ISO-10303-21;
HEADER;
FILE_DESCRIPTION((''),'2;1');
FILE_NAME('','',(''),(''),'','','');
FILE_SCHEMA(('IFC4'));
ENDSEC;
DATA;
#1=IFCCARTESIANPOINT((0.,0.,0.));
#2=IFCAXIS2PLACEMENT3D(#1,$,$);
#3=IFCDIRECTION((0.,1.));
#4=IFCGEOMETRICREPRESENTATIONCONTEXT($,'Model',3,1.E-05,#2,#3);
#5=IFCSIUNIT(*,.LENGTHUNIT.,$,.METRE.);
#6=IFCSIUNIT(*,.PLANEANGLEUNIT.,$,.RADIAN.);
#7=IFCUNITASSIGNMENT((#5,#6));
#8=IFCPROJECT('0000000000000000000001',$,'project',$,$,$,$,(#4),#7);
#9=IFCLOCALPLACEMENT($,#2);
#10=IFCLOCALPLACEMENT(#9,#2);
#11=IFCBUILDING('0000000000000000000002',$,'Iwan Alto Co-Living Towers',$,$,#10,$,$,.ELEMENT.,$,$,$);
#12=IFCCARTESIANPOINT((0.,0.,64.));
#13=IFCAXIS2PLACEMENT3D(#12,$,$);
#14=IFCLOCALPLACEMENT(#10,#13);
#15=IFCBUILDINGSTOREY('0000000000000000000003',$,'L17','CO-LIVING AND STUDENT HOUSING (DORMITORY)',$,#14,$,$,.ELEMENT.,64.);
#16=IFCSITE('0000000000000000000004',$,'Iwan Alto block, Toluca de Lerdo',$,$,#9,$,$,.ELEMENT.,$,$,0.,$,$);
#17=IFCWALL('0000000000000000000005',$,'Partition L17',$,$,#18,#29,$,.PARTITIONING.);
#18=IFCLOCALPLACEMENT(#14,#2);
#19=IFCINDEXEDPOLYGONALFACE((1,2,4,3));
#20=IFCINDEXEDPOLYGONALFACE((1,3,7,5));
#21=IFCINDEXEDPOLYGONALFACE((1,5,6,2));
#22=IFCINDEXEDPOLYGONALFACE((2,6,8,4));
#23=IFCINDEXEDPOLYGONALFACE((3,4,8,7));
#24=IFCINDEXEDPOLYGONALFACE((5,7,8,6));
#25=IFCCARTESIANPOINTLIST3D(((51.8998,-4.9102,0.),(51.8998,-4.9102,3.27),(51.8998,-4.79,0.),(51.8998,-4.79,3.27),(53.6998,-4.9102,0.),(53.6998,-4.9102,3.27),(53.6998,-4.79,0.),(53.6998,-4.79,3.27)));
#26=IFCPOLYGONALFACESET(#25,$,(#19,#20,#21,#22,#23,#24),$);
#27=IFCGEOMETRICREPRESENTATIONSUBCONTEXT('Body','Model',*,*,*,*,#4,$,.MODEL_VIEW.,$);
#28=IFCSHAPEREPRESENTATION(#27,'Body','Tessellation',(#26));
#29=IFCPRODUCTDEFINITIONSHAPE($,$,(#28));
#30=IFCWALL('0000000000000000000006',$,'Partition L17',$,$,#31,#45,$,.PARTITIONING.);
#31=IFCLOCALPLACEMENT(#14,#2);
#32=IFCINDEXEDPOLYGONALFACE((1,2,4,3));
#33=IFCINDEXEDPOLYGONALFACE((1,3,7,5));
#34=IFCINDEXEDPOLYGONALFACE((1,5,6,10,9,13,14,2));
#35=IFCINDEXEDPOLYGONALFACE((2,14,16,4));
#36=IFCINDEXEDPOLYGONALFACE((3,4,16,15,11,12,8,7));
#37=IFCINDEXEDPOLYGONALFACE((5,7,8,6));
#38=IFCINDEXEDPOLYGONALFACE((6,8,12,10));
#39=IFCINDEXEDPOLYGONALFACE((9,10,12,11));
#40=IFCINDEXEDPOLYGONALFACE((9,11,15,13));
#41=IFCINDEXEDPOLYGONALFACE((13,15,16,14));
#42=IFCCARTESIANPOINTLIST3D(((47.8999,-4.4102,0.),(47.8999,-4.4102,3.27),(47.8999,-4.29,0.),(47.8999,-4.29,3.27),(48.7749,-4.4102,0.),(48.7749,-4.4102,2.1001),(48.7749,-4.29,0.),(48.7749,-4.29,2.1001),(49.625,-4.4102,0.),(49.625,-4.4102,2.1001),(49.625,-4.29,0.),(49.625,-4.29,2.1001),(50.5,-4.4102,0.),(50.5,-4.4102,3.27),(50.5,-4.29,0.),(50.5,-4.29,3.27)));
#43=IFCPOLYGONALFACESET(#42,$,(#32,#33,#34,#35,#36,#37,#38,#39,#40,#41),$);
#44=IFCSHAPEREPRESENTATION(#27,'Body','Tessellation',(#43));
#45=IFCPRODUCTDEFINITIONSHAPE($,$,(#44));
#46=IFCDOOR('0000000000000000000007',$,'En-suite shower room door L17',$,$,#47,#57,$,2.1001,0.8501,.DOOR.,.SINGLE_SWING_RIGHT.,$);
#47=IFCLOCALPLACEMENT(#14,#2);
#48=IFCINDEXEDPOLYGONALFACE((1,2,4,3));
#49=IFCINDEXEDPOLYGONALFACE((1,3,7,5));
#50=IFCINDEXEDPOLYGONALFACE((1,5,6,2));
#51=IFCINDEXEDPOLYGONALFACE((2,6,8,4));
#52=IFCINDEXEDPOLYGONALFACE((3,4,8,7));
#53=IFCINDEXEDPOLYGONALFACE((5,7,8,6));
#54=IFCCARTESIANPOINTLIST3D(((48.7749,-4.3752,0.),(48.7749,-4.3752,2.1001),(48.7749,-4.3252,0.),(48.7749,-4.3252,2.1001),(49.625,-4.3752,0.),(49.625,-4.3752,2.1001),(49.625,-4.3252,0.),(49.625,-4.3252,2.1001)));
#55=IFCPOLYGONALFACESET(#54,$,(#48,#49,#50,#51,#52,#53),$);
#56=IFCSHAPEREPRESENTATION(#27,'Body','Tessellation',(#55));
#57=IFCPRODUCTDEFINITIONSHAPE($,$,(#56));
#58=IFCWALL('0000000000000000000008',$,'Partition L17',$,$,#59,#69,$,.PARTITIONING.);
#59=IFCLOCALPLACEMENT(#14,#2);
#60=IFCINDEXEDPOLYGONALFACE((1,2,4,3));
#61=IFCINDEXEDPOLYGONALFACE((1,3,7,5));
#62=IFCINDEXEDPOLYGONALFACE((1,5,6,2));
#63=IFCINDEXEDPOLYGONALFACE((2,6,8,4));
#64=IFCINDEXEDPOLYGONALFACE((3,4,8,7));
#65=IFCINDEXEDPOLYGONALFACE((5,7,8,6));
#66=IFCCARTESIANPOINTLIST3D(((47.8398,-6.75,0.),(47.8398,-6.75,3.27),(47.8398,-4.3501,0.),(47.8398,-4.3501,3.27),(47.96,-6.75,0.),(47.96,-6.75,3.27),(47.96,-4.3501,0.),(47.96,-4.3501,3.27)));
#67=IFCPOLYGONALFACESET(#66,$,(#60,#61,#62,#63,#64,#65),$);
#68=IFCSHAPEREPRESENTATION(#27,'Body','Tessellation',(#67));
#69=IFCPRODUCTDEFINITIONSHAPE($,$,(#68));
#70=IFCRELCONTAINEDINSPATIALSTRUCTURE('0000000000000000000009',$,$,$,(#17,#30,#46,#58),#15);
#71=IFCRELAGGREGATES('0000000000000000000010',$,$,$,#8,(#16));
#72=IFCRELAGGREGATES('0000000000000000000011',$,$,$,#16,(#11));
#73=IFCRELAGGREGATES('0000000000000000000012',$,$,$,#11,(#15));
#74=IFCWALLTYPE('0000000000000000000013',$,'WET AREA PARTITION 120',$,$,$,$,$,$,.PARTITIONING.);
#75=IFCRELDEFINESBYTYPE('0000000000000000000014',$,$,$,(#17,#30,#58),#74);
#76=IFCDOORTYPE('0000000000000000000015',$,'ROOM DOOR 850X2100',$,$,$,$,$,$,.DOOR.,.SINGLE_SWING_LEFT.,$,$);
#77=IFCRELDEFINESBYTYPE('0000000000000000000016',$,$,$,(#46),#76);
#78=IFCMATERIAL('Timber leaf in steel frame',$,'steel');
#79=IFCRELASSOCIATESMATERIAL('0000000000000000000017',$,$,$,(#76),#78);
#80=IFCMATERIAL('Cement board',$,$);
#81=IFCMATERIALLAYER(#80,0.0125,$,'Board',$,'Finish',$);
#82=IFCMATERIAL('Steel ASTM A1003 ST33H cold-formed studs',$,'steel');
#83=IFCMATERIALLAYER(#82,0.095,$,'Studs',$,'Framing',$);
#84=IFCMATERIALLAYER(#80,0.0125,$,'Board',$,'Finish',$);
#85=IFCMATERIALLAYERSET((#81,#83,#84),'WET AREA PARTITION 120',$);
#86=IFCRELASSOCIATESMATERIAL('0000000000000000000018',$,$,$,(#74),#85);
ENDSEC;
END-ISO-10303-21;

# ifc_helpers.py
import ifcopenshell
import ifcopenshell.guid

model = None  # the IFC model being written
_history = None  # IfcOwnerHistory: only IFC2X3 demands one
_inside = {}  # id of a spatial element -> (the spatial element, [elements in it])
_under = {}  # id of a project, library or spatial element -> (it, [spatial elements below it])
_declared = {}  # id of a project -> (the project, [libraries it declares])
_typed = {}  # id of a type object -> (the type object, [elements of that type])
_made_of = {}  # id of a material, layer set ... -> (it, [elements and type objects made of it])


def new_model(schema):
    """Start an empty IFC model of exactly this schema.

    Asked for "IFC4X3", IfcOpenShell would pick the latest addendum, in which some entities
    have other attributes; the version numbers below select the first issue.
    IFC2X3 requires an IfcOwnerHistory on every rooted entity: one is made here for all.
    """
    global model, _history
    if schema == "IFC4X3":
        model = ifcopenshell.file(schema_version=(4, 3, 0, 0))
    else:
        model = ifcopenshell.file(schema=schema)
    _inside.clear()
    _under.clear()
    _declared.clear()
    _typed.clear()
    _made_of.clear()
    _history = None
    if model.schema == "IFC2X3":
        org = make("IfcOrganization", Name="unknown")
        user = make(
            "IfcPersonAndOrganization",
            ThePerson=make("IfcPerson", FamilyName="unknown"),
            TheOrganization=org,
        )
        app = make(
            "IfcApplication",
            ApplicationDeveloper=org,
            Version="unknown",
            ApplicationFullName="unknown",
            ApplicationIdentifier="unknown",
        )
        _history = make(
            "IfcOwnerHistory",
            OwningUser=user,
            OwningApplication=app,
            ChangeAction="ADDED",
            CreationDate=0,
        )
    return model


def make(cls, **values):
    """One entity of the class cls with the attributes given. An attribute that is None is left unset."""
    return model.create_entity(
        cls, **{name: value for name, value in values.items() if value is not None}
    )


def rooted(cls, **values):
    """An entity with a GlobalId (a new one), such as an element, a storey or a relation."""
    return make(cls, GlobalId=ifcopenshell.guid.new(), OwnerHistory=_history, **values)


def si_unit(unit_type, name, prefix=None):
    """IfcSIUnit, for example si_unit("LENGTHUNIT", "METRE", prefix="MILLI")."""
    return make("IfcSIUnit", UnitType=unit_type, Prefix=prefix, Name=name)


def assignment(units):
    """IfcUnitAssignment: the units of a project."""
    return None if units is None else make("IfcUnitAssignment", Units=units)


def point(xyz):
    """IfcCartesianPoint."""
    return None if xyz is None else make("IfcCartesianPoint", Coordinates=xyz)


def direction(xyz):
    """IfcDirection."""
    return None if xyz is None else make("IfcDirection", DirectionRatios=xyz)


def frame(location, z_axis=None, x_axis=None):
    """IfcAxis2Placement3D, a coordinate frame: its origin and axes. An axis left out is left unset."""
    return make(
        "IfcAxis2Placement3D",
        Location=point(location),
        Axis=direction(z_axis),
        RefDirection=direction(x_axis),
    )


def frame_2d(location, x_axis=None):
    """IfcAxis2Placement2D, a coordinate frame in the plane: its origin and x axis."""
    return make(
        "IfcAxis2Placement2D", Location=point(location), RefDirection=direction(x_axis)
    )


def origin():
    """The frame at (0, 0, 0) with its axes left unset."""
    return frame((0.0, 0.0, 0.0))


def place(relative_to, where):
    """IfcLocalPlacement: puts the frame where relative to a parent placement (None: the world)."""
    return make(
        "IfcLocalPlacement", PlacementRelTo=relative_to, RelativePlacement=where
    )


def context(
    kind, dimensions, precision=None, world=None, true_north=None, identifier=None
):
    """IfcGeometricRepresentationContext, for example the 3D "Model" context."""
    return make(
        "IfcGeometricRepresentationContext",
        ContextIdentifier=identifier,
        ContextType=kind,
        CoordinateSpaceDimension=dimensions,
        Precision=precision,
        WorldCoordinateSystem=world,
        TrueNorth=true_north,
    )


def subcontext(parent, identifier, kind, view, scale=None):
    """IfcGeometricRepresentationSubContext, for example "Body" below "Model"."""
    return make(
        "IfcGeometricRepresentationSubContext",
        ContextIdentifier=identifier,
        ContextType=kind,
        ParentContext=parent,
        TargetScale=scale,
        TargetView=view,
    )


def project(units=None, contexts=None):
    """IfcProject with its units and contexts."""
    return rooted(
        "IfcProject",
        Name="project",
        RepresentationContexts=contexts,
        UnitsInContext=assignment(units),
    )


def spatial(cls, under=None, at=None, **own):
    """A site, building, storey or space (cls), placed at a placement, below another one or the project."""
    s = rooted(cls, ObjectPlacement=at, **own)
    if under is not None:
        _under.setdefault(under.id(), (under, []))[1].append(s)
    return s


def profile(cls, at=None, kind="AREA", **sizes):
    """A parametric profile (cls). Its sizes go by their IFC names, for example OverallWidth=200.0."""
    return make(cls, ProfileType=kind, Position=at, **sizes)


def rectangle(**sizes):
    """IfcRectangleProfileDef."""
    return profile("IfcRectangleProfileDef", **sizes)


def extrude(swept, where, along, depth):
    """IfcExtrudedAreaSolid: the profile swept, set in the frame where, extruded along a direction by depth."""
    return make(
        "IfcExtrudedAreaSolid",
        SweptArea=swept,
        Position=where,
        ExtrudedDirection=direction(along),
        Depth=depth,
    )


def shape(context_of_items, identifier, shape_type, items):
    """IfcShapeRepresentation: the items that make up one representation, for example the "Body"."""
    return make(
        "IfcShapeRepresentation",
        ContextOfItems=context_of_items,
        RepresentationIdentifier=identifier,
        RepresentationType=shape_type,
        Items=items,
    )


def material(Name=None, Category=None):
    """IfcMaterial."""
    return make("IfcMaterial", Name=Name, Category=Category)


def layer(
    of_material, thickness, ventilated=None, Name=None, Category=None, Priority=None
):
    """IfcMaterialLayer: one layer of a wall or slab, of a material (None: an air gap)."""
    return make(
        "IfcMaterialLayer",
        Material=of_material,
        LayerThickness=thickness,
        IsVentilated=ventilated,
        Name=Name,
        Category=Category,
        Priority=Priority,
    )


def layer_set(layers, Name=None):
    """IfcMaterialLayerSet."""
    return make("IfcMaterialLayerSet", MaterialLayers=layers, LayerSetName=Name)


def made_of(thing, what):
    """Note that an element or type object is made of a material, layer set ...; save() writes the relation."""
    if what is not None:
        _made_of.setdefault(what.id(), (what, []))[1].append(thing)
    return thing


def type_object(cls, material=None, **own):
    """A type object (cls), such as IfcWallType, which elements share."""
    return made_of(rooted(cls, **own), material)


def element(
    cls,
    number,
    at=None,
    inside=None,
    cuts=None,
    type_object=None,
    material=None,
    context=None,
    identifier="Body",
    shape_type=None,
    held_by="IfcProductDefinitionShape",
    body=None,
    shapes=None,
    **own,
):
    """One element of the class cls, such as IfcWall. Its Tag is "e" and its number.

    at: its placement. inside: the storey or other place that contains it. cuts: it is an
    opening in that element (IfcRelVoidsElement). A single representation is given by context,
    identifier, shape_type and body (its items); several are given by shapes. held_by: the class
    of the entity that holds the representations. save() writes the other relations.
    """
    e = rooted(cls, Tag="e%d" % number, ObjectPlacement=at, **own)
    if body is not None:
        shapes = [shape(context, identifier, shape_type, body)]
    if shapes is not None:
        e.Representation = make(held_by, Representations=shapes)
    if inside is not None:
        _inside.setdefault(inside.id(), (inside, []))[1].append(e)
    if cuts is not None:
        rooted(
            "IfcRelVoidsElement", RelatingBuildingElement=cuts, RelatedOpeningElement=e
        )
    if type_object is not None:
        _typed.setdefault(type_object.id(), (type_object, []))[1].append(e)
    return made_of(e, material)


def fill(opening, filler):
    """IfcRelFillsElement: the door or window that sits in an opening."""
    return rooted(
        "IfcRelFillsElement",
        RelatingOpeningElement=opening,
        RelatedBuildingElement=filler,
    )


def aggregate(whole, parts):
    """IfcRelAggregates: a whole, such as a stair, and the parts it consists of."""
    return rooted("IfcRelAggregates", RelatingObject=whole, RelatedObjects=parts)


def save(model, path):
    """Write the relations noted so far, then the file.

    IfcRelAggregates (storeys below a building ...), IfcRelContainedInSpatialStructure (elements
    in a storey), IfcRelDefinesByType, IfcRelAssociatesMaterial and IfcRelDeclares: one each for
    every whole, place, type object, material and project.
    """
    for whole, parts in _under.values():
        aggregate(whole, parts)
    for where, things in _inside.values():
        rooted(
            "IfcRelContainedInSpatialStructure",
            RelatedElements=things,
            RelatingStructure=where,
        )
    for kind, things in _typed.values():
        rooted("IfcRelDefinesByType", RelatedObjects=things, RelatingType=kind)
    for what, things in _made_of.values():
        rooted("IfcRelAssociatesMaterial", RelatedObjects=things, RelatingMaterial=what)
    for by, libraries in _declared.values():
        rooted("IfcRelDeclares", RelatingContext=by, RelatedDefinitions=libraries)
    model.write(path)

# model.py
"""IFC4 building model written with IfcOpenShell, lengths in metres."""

from ifc_helpers import new_model, si_unit, direction, frame, frame_2d, origin, place, context, subcontext, project, spatial, rectangle, extrude, material, layer, layer_set, type_object, element, fill, save


model = new_model("IFC4")

# Units and contexts
model_context = context("Model", 3, precision=1e-05, world=origin(), true_north=direction((0.0, 1.0)))
body_context = subcontext(model_context, "Body", "Model", "MODEL_VIEW")
ifc_project = project(units=[si_unit("LENGTHUNIT", "METRE"), si_unit("PLANEANGLEUNIT", "RADIAN")], contexts=[model_context])

# Site, building, storey
site_placement = place(None, origin())
site = spatial("IfcSite", under=ifc_project, at=site_placement, Name="Iwan Alto block, Toluca de Lerdo", CompositionType="ELEMENT", RefElevation=0.0)
building_placement = place(site_placement, origin())
building = spatial("IfcBuilding", under=site, at=building_placement, Name="Iwan Alto Co-Living Towers", CompositionType="ELEMENT")
storey_placement = place(building_placement, frame((0.0, 0.0, 64.0)))
storey = spatial("IfcBuildingStorey", under=building, at=storey_placement, Name="L17", Description="CO-LIVING AND STUDENT HOUSING (DORMITORY)", CompositionType="ELEMENT", Elevation=64.0)

# Shared definitions
ifc_material_1 = material(Name="Steel ASTM A1003 ST33H cold-formed studs", Category="steel")

# Shared definitions
ifc_material_2 = material(Name="Timber leaf in steel frame", Category="steel")
door_type_1 = type_object("IfcDoorType", Name="ROOM DOOR 850X2100", OperationType="SINGLE_SWING_LEFT", PredefinedType="DOOR", material=ifc_material_2)

# Wall
ifc_material_3 = material(Name="Cement board")
ifc_layer_1 = layer(ifc_material_3, 0.0125, Name="Board", Category="Finish")
ifc_layer_2 = layer(ifc_material_1, 0.095, Name="Studs", Category="Framing")
ifc_layer_3 = layer(ifc_material_3, 0.0125, Name="Board", Category="Finish")
ifc_layer_set_1 = layer_set([ifc_layer_1, ifc_layer_2, ifc_layer_3], Name="WET AREA PARTITION 120")
wall_type_1 = type_object("IfcWallType", Name="WET AREA PARTITION 120", PredefinedType="PARTITIONING", material=ifc_layer_set_1)
wall_1_placement = place(storey_placement, frame((51.8999, -4.8501, 0.0), z_axis=(0.0, 0.0, 1.0), x_axis=(1.0, 0.0, 0.0)))
element("IfcWall", 1, at=wall_1_placement, inside=storey, type_object=wall_type_1, Name="Partition L17", PredefinedType="PARTITIONING", context=body_context, shape_type="SweptSolid", body=[
    extrude(rectangle(XDim=1.8, YDim=0.1201, at=frame_2d((0.8999, 0.0))), origin(), (0.0, 0.0, 1.0), 3.27),
])

# Wall, opening, door
wall_2_placement = place(storey_placement, frame((47.8999, -4.3501, 0.0), z_axis=(0.0, 0.0, 1.0), x_axis=(1.0, 0.0, 0.0)))
wall_2 = element("IfcWall", 2, at=wall_2_placement, inside=storey, type_object=wall_type_1, Name="Partition L17", PredefinedType="PARTITIONING", context=body_context, shape_type="SweptSolid", body=[
    extrude(rectangle(XDim=2.6001, YDim=0.1201, at=frame_2d((1.3, 0.0))), origin(), (0.0, 0.0, 1.0), 3.27),
])
opening_1_placement = place(wall_2_placement, frame((0.875, 0.0, 0.0)))
opening_1 = element("IfcOpeningElement", 3, at=opening_1_placement, cuts=wall_2, PredefinedType="OPENING", context=body_context, shape_type="SweptSolid", body=[
    extrude(rectangle(XDim=0.8501, YDim=2.1001, at=frame_2d((0.425, 1.05))), frame((0.0, 0.0701, 0.0), z_axis=(0.0, -1.0, 0.0), x_axis=(1.0, 0.0, 0.0)), (0.0, 0.0, 1.0), 0.1401),
])
door_1_placement = place(opening_1_placement, origin())
door_1 = element("IfcDoor", 4, at=door_1_placement, inside=storey, type_object=door_type_1, Name="En-suite shower room door L17", OperationType="SINGLE_SWING_RIGHT", OverallHeight=2.1001, OverallWidth=0.8501, PredefinedType="DOOR", context=body_context, shape_type="SweptSolid", body=[
    extrude(rectangle(XDim=0.8501, YDim=2.1001, at=frame_2d((0.425, 1.05))), frame((0.0, 0.0249, 0.0), z_axis=(0.0, -1.0, 0.0), x_axis=(1.0, 0.0, 0.0)), (0.0, 0.0, 1.0), 0.05),
])
fill(opening_1, door_1)

# Wall
wall_3_placement = place(storey_placement, frame((47.8999, -6.75, 0.0), z_axis=(0.0, 0.0, 1.0), x_axis=(0.0, 1.0, 0.0)))
element("IfcWall", 5, at=wall_3_placement, inside=storey, type_object=wall_type_1, Name="Partition L17", PredefinedType="PARTITIONING", context=body_context, shape_type="SweptSolid", body=[
    extrude(rectangle(XDim=2.3999, YDim=0.1201, at=frame_2d((1.2, 0.0))), origin(), (0.0, 0.0, 1.0), 3.27),
])

save(model, "model.ifc")
